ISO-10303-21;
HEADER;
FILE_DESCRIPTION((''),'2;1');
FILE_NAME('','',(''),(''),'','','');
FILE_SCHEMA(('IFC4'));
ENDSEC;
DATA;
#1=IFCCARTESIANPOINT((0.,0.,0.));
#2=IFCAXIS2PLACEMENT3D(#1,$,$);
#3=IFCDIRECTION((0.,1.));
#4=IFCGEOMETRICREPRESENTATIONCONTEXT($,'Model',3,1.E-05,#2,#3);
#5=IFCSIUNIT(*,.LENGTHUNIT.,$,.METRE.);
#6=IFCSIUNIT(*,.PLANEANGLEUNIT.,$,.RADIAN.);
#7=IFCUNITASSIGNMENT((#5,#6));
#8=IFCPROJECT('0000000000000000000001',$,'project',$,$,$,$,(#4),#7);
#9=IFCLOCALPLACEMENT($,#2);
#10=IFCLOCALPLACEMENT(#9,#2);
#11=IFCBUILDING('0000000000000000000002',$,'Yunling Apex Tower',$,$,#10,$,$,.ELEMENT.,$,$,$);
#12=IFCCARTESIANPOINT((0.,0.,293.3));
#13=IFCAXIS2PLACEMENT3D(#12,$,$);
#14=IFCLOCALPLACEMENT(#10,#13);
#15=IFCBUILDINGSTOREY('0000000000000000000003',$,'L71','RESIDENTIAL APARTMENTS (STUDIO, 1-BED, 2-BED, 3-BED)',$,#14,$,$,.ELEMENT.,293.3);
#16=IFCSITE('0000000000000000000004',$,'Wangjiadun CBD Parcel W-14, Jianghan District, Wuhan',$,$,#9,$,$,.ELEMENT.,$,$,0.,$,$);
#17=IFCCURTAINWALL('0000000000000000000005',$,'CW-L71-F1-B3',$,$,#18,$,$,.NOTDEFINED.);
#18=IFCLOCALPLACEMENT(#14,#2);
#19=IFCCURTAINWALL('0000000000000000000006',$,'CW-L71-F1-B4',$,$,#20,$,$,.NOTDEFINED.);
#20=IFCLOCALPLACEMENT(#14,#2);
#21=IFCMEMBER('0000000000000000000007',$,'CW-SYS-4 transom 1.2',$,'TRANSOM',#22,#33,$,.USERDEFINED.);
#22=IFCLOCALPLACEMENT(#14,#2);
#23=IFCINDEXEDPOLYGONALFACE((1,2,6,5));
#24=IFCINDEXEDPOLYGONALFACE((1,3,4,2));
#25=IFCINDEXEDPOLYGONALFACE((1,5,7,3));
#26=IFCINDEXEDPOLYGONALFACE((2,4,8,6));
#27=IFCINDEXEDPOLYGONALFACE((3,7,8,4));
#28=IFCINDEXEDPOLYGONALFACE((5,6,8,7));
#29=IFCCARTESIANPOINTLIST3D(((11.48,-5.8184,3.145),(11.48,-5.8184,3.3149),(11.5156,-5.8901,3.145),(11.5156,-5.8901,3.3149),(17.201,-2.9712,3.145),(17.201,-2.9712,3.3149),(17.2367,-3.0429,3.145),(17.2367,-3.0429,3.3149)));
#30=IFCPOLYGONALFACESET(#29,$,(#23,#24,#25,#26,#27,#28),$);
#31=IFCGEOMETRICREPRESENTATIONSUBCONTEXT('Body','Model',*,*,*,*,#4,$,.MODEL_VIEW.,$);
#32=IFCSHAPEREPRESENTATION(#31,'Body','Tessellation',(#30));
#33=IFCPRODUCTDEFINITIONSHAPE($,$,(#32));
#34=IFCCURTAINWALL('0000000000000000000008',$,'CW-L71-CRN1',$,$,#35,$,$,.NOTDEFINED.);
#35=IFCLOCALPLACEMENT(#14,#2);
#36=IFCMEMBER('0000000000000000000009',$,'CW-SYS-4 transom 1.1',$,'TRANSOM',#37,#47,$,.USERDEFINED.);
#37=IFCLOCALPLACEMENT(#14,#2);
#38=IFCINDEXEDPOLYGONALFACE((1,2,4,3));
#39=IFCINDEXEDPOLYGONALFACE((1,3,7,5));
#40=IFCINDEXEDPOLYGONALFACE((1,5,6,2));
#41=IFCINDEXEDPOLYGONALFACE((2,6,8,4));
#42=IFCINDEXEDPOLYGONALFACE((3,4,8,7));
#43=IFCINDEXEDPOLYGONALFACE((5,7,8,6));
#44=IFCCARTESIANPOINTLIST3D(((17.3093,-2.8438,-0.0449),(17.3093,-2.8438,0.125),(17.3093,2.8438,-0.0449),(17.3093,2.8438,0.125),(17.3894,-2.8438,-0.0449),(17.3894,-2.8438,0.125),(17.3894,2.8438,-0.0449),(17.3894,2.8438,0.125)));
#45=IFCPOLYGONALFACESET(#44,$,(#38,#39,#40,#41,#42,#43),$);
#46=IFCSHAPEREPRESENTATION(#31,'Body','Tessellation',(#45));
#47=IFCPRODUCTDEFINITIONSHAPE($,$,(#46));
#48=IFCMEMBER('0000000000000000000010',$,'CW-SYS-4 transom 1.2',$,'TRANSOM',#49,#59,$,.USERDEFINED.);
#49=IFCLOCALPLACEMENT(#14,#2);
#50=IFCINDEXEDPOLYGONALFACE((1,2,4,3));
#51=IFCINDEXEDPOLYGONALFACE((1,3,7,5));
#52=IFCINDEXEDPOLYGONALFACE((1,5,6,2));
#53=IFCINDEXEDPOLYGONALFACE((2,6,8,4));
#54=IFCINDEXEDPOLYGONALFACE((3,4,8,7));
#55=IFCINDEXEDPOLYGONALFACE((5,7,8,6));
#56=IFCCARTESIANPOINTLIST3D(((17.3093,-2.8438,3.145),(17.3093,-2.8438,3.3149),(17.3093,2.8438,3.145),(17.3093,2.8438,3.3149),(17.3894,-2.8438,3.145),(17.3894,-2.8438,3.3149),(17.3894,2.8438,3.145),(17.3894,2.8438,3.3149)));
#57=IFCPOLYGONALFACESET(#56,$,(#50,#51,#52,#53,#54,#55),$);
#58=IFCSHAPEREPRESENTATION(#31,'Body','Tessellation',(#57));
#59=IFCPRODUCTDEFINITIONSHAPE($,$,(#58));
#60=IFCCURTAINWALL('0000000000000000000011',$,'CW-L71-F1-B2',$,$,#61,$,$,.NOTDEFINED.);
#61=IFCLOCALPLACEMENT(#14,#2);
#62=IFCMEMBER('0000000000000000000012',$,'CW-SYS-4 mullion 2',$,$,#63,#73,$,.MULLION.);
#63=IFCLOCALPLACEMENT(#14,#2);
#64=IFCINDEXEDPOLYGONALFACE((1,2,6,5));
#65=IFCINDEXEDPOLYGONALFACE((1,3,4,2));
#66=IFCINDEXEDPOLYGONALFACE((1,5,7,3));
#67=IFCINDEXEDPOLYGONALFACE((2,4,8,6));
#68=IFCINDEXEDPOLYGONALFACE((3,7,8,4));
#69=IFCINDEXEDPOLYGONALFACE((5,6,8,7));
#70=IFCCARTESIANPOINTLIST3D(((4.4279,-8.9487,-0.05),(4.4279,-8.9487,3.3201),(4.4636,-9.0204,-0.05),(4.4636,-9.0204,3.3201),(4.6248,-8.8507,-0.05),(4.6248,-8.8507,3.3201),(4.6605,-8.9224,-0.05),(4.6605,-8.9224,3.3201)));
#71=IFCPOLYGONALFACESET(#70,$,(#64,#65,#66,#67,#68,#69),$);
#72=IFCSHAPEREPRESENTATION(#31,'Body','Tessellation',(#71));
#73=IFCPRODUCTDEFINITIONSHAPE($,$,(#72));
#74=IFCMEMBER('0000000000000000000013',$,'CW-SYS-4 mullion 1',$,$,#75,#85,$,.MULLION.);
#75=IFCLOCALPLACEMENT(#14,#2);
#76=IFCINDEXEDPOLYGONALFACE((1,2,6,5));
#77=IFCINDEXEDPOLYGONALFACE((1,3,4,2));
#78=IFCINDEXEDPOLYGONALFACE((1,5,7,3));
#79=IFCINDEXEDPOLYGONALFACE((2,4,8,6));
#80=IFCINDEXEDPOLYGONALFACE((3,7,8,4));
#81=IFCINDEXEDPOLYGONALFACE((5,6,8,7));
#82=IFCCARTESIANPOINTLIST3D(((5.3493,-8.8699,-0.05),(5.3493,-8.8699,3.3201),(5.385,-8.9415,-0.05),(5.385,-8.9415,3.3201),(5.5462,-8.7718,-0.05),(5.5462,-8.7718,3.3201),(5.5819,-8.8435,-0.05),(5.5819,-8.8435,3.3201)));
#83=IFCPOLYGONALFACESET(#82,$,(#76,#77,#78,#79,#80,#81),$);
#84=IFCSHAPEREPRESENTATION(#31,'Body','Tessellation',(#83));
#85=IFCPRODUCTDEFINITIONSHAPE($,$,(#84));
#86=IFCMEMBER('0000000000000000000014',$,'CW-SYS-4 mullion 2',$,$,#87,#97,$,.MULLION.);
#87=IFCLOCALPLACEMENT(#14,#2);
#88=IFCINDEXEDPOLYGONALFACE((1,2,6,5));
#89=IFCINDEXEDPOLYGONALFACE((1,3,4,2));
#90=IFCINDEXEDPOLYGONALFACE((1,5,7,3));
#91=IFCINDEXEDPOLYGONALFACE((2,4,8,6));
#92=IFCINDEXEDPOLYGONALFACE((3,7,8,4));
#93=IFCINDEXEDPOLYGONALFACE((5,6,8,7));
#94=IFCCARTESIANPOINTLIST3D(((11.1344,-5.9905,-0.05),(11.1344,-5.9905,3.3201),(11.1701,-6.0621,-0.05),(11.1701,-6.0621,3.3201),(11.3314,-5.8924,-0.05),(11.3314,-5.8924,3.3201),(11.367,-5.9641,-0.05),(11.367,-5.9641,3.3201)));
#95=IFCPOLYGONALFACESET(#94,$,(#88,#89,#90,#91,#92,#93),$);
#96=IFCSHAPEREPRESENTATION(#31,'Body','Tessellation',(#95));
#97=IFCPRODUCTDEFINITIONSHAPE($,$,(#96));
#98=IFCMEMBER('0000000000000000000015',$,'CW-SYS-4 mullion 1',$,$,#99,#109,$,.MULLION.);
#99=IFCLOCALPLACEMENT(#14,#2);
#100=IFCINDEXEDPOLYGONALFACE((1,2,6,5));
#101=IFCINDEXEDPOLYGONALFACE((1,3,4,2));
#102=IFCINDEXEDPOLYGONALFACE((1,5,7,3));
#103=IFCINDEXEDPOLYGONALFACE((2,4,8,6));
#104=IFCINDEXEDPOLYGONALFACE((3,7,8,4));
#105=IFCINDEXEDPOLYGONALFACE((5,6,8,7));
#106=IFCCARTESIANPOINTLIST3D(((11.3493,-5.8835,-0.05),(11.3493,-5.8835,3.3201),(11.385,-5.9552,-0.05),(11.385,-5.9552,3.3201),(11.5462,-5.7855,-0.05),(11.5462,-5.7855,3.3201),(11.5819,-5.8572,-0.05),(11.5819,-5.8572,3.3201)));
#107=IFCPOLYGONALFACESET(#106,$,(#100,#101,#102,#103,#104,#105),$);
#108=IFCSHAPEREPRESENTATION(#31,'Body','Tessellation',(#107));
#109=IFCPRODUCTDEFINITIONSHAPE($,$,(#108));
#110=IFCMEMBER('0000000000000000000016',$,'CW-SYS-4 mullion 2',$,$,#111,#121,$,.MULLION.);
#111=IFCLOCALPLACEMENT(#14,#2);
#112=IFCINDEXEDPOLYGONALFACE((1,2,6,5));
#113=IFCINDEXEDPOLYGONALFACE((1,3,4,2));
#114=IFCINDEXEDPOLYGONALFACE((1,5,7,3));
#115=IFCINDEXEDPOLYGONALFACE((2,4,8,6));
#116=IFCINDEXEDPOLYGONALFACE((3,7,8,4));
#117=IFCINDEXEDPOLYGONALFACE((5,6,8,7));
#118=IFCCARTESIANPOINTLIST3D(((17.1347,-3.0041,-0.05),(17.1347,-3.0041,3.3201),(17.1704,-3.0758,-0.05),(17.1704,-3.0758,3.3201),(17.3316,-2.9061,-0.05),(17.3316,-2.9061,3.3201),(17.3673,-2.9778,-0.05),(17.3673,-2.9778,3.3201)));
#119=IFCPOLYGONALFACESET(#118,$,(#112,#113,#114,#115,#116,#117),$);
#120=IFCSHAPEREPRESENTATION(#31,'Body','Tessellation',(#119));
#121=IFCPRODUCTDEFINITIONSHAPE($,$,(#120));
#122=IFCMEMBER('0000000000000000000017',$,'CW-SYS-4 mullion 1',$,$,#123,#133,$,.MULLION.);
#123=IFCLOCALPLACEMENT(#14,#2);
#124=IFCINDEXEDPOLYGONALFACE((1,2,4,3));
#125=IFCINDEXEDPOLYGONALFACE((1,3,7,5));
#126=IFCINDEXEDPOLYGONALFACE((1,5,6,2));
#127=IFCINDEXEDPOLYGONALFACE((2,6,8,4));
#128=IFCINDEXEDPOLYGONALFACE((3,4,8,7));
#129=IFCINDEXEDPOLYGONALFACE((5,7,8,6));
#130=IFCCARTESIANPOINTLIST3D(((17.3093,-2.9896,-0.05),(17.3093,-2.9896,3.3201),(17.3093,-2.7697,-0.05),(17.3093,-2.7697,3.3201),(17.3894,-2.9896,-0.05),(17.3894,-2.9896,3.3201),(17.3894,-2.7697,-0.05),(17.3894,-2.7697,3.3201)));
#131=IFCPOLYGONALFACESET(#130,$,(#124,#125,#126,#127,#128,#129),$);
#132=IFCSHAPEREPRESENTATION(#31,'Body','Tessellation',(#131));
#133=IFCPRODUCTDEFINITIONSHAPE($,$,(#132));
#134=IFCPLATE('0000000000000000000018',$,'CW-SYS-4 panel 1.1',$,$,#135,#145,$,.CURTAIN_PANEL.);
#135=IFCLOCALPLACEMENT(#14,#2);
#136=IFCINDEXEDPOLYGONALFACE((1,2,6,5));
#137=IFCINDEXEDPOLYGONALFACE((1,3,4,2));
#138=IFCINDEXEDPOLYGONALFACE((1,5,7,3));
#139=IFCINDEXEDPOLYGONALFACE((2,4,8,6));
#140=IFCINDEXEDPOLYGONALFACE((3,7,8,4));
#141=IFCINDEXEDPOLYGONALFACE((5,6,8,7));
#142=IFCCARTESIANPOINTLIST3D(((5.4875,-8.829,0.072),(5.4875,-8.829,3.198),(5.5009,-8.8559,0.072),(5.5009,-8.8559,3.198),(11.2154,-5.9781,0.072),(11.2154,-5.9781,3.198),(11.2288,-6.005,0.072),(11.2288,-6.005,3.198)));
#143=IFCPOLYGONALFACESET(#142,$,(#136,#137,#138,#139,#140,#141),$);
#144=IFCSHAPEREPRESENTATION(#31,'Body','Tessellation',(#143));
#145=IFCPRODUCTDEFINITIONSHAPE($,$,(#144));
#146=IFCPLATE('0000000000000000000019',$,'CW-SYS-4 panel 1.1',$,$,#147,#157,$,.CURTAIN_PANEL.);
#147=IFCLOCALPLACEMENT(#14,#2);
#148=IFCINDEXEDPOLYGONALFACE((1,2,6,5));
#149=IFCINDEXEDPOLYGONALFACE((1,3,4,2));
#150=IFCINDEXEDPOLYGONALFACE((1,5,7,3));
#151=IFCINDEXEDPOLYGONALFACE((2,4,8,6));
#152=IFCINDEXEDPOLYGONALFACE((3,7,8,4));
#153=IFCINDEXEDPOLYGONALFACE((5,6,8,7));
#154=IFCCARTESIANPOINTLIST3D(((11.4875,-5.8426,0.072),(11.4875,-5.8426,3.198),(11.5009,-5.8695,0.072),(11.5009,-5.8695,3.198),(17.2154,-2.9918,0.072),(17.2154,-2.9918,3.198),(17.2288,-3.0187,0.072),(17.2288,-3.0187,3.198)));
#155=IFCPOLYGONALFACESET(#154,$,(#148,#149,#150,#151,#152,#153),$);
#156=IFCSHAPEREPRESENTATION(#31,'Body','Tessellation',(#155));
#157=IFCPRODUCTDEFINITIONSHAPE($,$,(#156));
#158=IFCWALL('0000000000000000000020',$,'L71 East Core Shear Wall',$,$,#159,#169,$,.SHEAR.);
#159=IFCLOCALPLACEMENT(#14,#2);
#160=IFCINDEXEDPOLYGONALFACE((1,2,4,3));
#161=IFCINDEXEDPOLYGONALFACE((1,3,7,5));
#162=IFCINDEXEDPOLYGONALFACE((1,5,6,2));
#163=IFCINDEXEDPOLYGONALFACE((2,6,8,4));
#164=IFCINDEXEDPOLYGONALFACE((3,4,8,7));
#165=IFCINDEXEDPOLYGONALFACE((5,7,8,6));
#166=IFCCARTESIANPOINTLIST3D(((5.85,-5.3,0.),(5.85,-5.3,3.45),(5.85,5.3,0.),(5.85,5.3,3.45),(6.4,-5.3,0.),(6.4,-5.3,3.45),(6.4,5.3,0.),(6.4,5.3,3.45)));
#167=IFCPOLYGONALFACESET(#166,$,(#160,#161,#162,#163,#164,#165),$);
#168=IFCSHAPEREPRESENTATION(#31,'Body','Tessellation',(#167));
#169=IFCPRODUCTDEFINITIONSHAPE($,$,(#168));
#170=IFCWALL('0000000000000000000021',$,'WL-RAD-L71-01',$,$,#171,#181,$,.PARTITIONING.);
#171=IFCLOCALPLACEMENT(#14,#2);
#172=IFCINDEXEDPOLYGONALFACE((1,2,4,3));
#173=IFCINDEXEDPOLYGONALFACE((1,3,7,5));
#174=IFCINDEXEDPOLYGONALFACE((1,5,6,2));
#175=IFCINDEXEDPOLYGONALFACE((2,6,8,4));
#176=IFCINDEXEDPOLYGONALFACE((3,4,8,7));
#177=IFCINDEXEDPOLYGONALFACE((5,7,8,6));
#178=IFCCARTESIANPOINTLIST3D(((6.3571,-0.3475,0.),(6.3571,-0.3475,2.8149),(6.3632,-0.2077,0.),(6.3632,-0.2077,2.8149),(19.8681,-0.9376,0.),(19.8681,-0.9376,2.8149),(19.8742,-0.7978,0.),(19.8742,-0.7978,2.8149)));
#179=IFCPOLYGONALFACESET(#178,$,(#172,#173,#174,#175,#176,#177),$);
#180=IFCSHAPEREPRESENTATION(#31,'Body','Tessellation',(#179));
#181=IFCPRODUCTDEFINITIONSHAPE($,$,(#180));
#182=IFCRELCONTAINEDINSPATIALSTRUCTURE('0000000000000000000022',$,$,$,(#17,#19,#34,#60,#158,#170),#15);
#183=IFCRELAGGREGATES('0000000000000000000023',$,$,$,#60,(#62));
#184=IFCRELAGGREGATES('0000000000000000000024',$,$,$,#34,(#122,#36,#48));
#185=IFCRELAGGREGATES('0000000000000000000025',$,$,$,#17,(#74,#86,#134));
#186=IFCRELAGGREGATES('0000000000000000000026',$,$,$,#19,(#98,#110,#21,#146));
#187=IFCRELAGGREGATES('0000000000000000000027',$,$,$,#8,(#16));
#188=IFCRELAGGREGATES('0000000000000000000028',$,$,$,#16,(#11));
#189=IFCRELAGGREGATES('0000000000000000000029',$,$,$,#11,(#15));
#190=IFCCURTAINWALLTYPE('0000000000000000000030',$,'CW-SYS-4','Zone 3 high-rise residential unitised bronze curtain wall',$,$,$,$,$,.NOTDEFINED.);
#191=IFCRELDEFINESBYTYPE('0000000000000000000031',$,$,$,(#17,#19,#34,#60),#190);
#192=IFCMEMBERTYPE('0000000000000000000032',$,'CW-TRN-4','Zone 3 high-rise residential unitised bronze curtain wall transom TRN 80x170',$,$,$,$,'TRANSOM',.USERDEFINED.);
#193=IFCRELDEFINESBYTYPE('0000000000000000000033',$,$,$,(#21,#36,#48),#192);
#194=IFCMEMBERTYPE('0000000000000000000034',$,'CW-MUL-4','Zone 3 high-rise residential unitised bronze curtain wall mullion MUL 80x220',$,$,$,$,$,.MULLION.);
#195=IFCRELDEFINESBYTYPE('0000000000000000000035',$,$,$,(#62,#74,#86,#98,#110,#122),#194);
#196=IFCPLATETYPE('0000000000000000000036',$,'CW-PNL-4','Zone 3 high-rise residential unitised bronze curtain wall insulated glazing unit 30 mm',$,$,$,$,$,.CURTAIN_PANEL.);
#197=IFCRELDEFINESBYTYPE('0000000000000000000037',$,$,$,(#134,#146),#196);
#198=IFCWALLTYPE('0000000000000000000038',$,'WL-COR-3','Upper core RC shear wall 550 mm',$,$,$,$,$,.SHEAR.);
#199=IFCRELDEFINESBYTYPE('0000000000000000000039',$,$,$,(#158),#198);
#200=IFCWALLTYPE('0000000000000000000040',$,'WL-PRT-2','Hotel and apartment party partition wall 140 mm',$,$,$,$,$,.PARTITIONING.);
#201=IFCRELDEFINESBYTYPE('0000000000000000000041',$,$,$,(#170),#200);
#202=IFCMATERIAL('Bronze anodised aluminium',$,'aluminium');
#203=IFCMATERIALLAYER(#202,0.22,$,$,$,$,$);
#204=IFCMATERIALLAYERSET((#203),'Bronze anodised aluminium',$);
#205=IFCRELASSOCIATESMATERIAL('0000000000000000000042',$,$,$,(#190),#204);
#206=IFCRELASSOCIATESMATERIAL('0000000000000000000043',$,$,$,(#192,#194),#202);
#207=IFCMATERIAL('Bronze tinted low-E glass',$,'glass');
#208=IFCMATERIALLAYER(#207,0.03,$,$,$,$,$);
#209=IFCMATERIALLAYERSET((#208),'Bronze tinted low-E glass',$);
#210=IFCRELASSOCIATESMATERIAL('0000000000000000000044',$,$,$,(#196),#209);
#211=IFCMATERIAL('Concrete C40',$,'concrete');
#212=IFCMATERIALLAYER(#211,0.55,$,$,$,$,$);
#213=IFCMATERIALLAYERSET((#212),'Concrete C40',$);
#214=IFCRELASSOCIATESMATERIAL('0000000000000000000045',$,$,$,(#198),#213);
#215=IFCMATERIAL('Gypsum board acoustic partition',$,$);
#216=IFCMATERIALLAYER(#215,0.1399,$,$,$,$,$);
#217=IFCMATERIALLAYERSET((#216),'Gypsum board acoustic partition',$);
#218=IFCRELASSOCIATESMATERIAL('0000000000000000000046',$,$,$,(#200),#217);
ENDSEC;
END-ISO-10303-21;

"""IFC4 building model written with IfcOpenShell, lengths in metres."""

from ifc_helpers import new_model, si_unit, direction, frame, frame_2d, origin, origin_2d, place, context, subcontext, project, spatial, rectangle, extrude, source, transform, mapped, material, layer, layer_set, material_profile, profile_set, type_object, element, aggregate, save


model = new_model("IFC4")

# Units and contexts
model_context = context("Model", 3, precision=1e-05, world=origin(), true_north=direction((0.0, 1.0)))
body_context = subcontext(model_context, "Body", "Model", "MODEL_VIEW")
ifc_project = project(units=[si_unit("LENGTHUNIT", "METRE"), si_unit("PLANEANGLEUNIT", "RADIAN")], contexts=[model_context])

# Site, building, storey
site_placement = place(None, origin())
site = spatial("IfcSite", under=ifc_project, at=site_placement, Name="Wangjiadun CBD Parcel W-14, Jianghan District, Wuhan", CompositionType="ELEMENT", RefElevation=0.0)
building_placement = place(site_placement, origin())
building = spatial("IfcBuilding", under=site, at=building_placement, Name="Yunling Apex Tower", CompositionType="ELEMENT")
storey_placement = place(building_placement, frame((0.0, 0.0, 293.3)))
storey = spatial("IfcBuildingStorey", under=building, at=storey_placement, Name="L71", Description="RESIDENTIAL APARTMENTS (STUDIO, 1-BED, 2-BED, 3-BED)", CompositionType="ELEMENT", Elevation=293.3)

# Curtain walls, members
ifc_material_1 = material(Name="Bronze anodised aluminium", Category="aluminium")
ifc_layer_1 = layer(ifc_material_1, 0.22)
ifc_layer_set_1 = layer_set([ifc_layer_1], Name="Bronze anodised aluminium")
curtain_wall_type = type_object("IfcCurtainWallType", Name="CW-SYS-4", Description="Zone 3 high-rise residential unitised bronze curtain wall", PredefinedType="NOTDEFINED", material=ifc_layer_set_1)
curtain_wall_1_placement = place(storey_placement, origin())
curtain_wall_1 = element("IfcCurtainWall", 1, at=curtain_wall_1_placement, inside=storey, type_object=curtain_wall_type, Name="CW-L71-F1-B3", PredefinedType="NOTDEFINED")
ifc_material_profile_1 = material_profile(ifc_material_1, rectangle(XDim=0.0801, YDim=0.1699, at=origin_2d()))
ifc_profile_set_1 = profile_set([ifc_material_profile_1], Name="Bronze anodised aluminium")
member_type_1 = type_object("IfcMemberType", Name="CW-TRN-4", Description="Zone 3 high-rise residential unitised bronze curtain wall transom TRN 80x170", ElementType="TRANSOM", PredefinedType="USERDEFINED", material=ifc_profile_set_1)
curtain_wall_2_placement = place(storey_placement, origin())
curtain_wall_2 = element("IfcCurtainWall", 2, at=curtain_wall_2_placement, inside=storey, type_object=curtain_wall_type, Name="CW-L71-F1-B4", PredefinedType="NOTDEFINED")
shared_shape_1 = source(origin(), body_context, "Body", "SweptSolid", [
    extrude(rectangle(XDim=0.0801, YDim=0.1699, at=origin_2d()), origin(), (0.0, 0.0, 1.0), 6.3904),
])
member_1_placement = place(storey_placement, frame((11.4978, -5.8542, 3.23), z_axis=(0.895259, 0.445547, 0.0), x_axis=(-0.445547, 0.895259, 0.0)))
member_1 = element("IfcMember", 3, at=member_1_placement, type_object=member_type_1, Name="CW-SYS-4 transom 1.2", ObjectType="TRANSOM", PredefinedType="USERDEFINED", context=body_context, shape_type="MappedRepresentation", body=[
    mapped(shared_shape_1, transform((0.0, 0.0, 0.0), scale=1.0)),
])
curtain_wall_3_placement = place(storey_placement, origin())
curtain_wall_3 = element("IfcCurtainWall", 4, at=curtain_wall_3_placement, inside=storey, type_object=curtain_wall_type, Name="CW-L71-CRN1", PredefinedType="NOTDEFINED")
shared_shape_2 = source(origin(), body_context, "Body", "SweptSolid", [
    extrude(rectangle(XDim=0.0801, YDim=0.1699, at=origin_2d()), origin(), (0.0, 0.0, 1.0), 5.6875),
])
member_2_placement = place(storey_placement, frame((17.3494, -2.8438, 0.04), z_axis=(0.0, 1.0, 0.0), x_axis=(-1.0, 0.0, 0.0)))
member_2 = element("IfcMember", 5, at=member_2_placement, type_object=member_type_1, Name="CW-SYS-4 transom 1.1", ObjectType="TRANSOM", PredefinedType="USERDEFINED", context=body_context, shape_type="MappedRepresentation", body=[
    mapped(shared_shape_2, transform((0.0, 0.0, 0.0), scale=1.0)),
])
member_3_placement = place(storey_placement, frame((17.3494, -2.8438, 3.23), z_axis=(0.0, 1.0, 0.0), x_axis=(-1.0, 0.0, 0.0)))
member_3 = element("IfcMember", 6, at=member_3_placement, type_object=member_type_1, Name="CW-SYS-4 transom 1.2", ObjectType="TRANSOM", PredefinedType="USERDEFINED", context=body_context, shape_type="MappedRepresentation", body=[
    mapped(shared_shape_2, transform((0.0, 0.0, 0.0), scale=1.0)),
])

# Curtain wall, member
curtain_wall_4_placement = place(storey_placement, origin())
curtain_wall_4 = element("IfcCurtainWall", 7, at=curtain_wall_4_placement, inside=storey, type_object=curtain_wall_type, Name="CW-L71-F1-B2", PredefinedType="NOTDEFINED")
ifc_material_profile_2 = material_profile(ifc_material_1, rectangle(XDim=0.0801, YDim=0.22, at=origin_2d()))
ifc_profile_set_2 = profile_set([ifc_material_profile_2], Name="Bronze anodised aluminium")
member_type_2 = type_object("IfcMemberType", Name="CW-MUL-4", Description="Zone 3 high-rise residential unitised bronze curtain wall mullion MUL 80x220", PredefinedType="MULLION", material=ifc_profile_set_2)
shared_shape_3 = source(origin(), body_context, "Body", "SweptSolid", [
    extrude(rectangle(XDim=0.0801, YDim=0.22, at=origin_2d()), origin(), (0.0, 0.0, 1.0), 3.3701),
])
member_4_placement = place(storey_placement, frame((4.5442, -8.9355, -0.05), z_axis=(0.0, 0.0, 1.0), x_axis=(-0.445561, 0.895252, 0.0)))
member_4 = element("IfcMember", 8, at=member_4_placement, type_object=member_type_2, Name="CW-SYS-4 mullion 2", PredefinedType="MULLION", context=body_context, shape_type="MappedRepresentation", body=[
    mapped(shared_shape_3, transform((0.0, 0.0, 0.0), scale=1.0)),
])
aggregate(curtain_wall_4, [member_4])

# Members
member_5_placement = place(storey_placement, frame((5.4656, -8.8567, -0.05), z_axis=(0.0, 0.0, 1.0), x_axis=(-0.44558, 0.895242, 0.0)))
member_5 = element("IfcMember", 9, at=member_5_placement, type_object=member_type_2, Name="CW-SYS-4 mullion 1", PredefinedType="MULLION", context=body_context, shape_type="MappedRepresentation", body=[
    mapped(shared_shape_3, transform((0.0, 0.0, 0.0), scale=1.0)),
])
member_6_placement = place(storey_placement, frame((11.2507, -5.9773, -0.05), z_axis=(0.0, 0.0, 1.0), x_axis=(-0.44558, 0.895242, 0.0)))
member_6 = element("IfcMember", 10, at=member_6_placement, type_object=member_type_2, Name="CW-SYS-4 mullion 2", PredefinedType="MULLION", context=body_context, shape_type="MappedRepresentation", body=[
    mapped(shared_shape_3, transform((0.0, 0.0, 0.0), scale=1.0)),
])
member_7_placement = place(storey_placement, frame((11.4656, -5.8704, -0.05), z_axis=(0.0, 0.0, 1.0), x_axis=(-0.445568, 0.895248, 0.0)))
member_7 = element("IfcMember", 11, at=member_7_placement, type_object=member_type_2, Name="CW-SYS-4 mullion 1", PredefinedType="MULLION", context=body_context, shape_type="MappedRepresentation", body=[
    mapped(shared_shape_3, transform((0.0, 0.0, 0.0), scale=1.0)),
])
member_8_placement = place(storey_placement, frame((17.251, -2.991, -0.05), z_axis=(0.0, 0.0, 1.0), x_axis=(-0.445568, 0.895248, 0.0)))
member_8 = element("IfcMember", 12, at=member_8_placement, type_object=member_type_2, Name="CW-SYS-4 mullion 2", PredefinedType="MULLION", context=body_context, shape_type="MappedRepresentation", body=[
    mapped(shared_shape_3, transform((0.0, 0.0, 0.0), scale=1.0)),
])
member_9_placement = place(storey_placement, frame((17.3494, -2.8796, -0.05), z_axis=(0.0, 0.0, 1.0), x_axis=(-1.0, 0.0, 0.0)))
member_9 = element("IfcMember", 13, at=member_9_placement, type_object=member_type_2, Name="CW-SYS-4 mullion 1", PredefinedType="MULLION", context=body_context, shape_type="MappedRepresentation", body=[
    mapped(shared_shape_3, transform((0.0, 0.0, 0.0), scale=1.0)),
])
aggregate(curtain_wall_3, [member_9, member_2, member_3])

# Plates
ifc_material_2 = material(Name="Bronze tinted low-E glass", Category="glass")
ifc_layer_2 = layer(ifc_material_2, 0.03)
ifc_layer_set_2 = layer_set([ifc_layer_2], Name="Bronze tinted low-E glass")
plate_type = type_object("IfcPlateType", Name="CW-PNL-4", Description="Zone 3 high-rise residential unitised bronze curtain wall insulated glazing unit 30 mm", PredefinedType="CURTAIN_PANEL", material=ifc_layer_set_2)
shared_shape_4 = source(origin(), body_context, "Body", "SweptSolid", [
    extrude(rectangle(XDim=6.3982, YDim=0.03, at=origin_2d()), origin(), (0.0, 0.0, 1.0), 3.126),
])
plate_1_placement = place(storey_placement, frame((8.3582, -7.417, 0.072), z_axis=(0.0, 0.0, 1.0), x_axis=(0.895242, 0.44558, 0.0)))
plate_1 = element("IfcPlate", 14, at=plate_1_placement, type_object=plate_type, Name="CW-SYS-4 panel 1.1", PredefinedType="CURTAIN_PANEL", context=body_context, shape_type="MappedRepresentation", body=[
    mapped(shared_shape_4, transform((0.0, 0.0, 0.0), scale=1.0)),
])
aggregate(curtain_wall_1, [member_5, member_6, plate_1])
plate_2_placement = place(storey_placement, frame((14.3582, -4.4307, 0.072), z_axis=(0.0, 0.0, 1.0), x_axis=(0.895248, 0.445568, 0.0)))
plate_2 = element("IfcPlate", 15, at=plate_2_placement, type_object=plate_type, Name="CW-SYS-4 panel 1.1", PredefinedType="CURTAIN_PANEL", context=body_context, shape_type="MappedRepresentation", body=[
    mapped(shared_shape_4, transform((0.0, 0.0, 0.0), scale=1.0)),
])
aggregate(curtain_wall_2, [member_7, member_8, member_1, plate_2])

# Walls
ifc_material_3 = material(Name="Concrete C40", Category="concrete")
ifc_layer_3 = layer(ifc_material_3, 0.55)
ifc_layer_set_3 = layer_set([ifc_layer_3], Name="Concrete C40")
wall_type_1 = type_object("IfcWallType", Name="WL-COR-3", Description="Upper core RC shear wall 550 mm", PredefinedType="SHEAR", material=ifc_layer_set_3)
wall_1_placement = place(storey_placement, frame((6.125, -5.3, 0.0), z_axis=(0.0, 0.0, 1.0), x_axis=(0.0, 1.0, 0.0)))
element("IfcWall", 16, at=wall_1_placement, inside=storey, type_object=wall_type_1, Name="L71 East Core Shear Wall", PredefinedType="SHEAR", context=body_context, shape_type="SweptSolid", body=[
    extrude(rectangle(XDim=10.6001, YDim=0.55, at=frame_2d((5.3, 0.0))), origin(), (0.0, 0.0, 1.0), 3.45),
])
ifc_material_4 = material(Name="Gypsum board acoustic partition")
ifc_layer_4 = layer(ifc_material_4, 0.1399)
ifc_layer_set_4 = layer_set([ifc_layer_4], Name="Gypsum board acoustic partition")
wall_type_2 = type_object("IfcWallType", Name="WL-PRT-2", Description="Hotel and apartment party partition wall 140 mm", PredefinedType="PARTITIONING", material=ifc_layer_set_4)
wall_2_placement = place(storey_placement, frame((6.3601, -0.2776, 0.0), z_axis=(0.0, 0.0, 1.0), x_axis=(0.999048, -0.043633, 0.0)))
element("IfcWall", 17, at=wall_2_placement, inside=storey, type_object=wall_type_2, Name="WL-RAD-L71-01", PredefinedType="PARTITIONING", context=body_context, shape_type="SweptSolid", body=[
    extrude(rectangle(XDim=13.5239, YDim=0.1399, at=frame_2d((6.762, 0.0))), origin(), (0.0, 0.0, 1.0), 2.8149),
])

save(model, "model.ifc")
